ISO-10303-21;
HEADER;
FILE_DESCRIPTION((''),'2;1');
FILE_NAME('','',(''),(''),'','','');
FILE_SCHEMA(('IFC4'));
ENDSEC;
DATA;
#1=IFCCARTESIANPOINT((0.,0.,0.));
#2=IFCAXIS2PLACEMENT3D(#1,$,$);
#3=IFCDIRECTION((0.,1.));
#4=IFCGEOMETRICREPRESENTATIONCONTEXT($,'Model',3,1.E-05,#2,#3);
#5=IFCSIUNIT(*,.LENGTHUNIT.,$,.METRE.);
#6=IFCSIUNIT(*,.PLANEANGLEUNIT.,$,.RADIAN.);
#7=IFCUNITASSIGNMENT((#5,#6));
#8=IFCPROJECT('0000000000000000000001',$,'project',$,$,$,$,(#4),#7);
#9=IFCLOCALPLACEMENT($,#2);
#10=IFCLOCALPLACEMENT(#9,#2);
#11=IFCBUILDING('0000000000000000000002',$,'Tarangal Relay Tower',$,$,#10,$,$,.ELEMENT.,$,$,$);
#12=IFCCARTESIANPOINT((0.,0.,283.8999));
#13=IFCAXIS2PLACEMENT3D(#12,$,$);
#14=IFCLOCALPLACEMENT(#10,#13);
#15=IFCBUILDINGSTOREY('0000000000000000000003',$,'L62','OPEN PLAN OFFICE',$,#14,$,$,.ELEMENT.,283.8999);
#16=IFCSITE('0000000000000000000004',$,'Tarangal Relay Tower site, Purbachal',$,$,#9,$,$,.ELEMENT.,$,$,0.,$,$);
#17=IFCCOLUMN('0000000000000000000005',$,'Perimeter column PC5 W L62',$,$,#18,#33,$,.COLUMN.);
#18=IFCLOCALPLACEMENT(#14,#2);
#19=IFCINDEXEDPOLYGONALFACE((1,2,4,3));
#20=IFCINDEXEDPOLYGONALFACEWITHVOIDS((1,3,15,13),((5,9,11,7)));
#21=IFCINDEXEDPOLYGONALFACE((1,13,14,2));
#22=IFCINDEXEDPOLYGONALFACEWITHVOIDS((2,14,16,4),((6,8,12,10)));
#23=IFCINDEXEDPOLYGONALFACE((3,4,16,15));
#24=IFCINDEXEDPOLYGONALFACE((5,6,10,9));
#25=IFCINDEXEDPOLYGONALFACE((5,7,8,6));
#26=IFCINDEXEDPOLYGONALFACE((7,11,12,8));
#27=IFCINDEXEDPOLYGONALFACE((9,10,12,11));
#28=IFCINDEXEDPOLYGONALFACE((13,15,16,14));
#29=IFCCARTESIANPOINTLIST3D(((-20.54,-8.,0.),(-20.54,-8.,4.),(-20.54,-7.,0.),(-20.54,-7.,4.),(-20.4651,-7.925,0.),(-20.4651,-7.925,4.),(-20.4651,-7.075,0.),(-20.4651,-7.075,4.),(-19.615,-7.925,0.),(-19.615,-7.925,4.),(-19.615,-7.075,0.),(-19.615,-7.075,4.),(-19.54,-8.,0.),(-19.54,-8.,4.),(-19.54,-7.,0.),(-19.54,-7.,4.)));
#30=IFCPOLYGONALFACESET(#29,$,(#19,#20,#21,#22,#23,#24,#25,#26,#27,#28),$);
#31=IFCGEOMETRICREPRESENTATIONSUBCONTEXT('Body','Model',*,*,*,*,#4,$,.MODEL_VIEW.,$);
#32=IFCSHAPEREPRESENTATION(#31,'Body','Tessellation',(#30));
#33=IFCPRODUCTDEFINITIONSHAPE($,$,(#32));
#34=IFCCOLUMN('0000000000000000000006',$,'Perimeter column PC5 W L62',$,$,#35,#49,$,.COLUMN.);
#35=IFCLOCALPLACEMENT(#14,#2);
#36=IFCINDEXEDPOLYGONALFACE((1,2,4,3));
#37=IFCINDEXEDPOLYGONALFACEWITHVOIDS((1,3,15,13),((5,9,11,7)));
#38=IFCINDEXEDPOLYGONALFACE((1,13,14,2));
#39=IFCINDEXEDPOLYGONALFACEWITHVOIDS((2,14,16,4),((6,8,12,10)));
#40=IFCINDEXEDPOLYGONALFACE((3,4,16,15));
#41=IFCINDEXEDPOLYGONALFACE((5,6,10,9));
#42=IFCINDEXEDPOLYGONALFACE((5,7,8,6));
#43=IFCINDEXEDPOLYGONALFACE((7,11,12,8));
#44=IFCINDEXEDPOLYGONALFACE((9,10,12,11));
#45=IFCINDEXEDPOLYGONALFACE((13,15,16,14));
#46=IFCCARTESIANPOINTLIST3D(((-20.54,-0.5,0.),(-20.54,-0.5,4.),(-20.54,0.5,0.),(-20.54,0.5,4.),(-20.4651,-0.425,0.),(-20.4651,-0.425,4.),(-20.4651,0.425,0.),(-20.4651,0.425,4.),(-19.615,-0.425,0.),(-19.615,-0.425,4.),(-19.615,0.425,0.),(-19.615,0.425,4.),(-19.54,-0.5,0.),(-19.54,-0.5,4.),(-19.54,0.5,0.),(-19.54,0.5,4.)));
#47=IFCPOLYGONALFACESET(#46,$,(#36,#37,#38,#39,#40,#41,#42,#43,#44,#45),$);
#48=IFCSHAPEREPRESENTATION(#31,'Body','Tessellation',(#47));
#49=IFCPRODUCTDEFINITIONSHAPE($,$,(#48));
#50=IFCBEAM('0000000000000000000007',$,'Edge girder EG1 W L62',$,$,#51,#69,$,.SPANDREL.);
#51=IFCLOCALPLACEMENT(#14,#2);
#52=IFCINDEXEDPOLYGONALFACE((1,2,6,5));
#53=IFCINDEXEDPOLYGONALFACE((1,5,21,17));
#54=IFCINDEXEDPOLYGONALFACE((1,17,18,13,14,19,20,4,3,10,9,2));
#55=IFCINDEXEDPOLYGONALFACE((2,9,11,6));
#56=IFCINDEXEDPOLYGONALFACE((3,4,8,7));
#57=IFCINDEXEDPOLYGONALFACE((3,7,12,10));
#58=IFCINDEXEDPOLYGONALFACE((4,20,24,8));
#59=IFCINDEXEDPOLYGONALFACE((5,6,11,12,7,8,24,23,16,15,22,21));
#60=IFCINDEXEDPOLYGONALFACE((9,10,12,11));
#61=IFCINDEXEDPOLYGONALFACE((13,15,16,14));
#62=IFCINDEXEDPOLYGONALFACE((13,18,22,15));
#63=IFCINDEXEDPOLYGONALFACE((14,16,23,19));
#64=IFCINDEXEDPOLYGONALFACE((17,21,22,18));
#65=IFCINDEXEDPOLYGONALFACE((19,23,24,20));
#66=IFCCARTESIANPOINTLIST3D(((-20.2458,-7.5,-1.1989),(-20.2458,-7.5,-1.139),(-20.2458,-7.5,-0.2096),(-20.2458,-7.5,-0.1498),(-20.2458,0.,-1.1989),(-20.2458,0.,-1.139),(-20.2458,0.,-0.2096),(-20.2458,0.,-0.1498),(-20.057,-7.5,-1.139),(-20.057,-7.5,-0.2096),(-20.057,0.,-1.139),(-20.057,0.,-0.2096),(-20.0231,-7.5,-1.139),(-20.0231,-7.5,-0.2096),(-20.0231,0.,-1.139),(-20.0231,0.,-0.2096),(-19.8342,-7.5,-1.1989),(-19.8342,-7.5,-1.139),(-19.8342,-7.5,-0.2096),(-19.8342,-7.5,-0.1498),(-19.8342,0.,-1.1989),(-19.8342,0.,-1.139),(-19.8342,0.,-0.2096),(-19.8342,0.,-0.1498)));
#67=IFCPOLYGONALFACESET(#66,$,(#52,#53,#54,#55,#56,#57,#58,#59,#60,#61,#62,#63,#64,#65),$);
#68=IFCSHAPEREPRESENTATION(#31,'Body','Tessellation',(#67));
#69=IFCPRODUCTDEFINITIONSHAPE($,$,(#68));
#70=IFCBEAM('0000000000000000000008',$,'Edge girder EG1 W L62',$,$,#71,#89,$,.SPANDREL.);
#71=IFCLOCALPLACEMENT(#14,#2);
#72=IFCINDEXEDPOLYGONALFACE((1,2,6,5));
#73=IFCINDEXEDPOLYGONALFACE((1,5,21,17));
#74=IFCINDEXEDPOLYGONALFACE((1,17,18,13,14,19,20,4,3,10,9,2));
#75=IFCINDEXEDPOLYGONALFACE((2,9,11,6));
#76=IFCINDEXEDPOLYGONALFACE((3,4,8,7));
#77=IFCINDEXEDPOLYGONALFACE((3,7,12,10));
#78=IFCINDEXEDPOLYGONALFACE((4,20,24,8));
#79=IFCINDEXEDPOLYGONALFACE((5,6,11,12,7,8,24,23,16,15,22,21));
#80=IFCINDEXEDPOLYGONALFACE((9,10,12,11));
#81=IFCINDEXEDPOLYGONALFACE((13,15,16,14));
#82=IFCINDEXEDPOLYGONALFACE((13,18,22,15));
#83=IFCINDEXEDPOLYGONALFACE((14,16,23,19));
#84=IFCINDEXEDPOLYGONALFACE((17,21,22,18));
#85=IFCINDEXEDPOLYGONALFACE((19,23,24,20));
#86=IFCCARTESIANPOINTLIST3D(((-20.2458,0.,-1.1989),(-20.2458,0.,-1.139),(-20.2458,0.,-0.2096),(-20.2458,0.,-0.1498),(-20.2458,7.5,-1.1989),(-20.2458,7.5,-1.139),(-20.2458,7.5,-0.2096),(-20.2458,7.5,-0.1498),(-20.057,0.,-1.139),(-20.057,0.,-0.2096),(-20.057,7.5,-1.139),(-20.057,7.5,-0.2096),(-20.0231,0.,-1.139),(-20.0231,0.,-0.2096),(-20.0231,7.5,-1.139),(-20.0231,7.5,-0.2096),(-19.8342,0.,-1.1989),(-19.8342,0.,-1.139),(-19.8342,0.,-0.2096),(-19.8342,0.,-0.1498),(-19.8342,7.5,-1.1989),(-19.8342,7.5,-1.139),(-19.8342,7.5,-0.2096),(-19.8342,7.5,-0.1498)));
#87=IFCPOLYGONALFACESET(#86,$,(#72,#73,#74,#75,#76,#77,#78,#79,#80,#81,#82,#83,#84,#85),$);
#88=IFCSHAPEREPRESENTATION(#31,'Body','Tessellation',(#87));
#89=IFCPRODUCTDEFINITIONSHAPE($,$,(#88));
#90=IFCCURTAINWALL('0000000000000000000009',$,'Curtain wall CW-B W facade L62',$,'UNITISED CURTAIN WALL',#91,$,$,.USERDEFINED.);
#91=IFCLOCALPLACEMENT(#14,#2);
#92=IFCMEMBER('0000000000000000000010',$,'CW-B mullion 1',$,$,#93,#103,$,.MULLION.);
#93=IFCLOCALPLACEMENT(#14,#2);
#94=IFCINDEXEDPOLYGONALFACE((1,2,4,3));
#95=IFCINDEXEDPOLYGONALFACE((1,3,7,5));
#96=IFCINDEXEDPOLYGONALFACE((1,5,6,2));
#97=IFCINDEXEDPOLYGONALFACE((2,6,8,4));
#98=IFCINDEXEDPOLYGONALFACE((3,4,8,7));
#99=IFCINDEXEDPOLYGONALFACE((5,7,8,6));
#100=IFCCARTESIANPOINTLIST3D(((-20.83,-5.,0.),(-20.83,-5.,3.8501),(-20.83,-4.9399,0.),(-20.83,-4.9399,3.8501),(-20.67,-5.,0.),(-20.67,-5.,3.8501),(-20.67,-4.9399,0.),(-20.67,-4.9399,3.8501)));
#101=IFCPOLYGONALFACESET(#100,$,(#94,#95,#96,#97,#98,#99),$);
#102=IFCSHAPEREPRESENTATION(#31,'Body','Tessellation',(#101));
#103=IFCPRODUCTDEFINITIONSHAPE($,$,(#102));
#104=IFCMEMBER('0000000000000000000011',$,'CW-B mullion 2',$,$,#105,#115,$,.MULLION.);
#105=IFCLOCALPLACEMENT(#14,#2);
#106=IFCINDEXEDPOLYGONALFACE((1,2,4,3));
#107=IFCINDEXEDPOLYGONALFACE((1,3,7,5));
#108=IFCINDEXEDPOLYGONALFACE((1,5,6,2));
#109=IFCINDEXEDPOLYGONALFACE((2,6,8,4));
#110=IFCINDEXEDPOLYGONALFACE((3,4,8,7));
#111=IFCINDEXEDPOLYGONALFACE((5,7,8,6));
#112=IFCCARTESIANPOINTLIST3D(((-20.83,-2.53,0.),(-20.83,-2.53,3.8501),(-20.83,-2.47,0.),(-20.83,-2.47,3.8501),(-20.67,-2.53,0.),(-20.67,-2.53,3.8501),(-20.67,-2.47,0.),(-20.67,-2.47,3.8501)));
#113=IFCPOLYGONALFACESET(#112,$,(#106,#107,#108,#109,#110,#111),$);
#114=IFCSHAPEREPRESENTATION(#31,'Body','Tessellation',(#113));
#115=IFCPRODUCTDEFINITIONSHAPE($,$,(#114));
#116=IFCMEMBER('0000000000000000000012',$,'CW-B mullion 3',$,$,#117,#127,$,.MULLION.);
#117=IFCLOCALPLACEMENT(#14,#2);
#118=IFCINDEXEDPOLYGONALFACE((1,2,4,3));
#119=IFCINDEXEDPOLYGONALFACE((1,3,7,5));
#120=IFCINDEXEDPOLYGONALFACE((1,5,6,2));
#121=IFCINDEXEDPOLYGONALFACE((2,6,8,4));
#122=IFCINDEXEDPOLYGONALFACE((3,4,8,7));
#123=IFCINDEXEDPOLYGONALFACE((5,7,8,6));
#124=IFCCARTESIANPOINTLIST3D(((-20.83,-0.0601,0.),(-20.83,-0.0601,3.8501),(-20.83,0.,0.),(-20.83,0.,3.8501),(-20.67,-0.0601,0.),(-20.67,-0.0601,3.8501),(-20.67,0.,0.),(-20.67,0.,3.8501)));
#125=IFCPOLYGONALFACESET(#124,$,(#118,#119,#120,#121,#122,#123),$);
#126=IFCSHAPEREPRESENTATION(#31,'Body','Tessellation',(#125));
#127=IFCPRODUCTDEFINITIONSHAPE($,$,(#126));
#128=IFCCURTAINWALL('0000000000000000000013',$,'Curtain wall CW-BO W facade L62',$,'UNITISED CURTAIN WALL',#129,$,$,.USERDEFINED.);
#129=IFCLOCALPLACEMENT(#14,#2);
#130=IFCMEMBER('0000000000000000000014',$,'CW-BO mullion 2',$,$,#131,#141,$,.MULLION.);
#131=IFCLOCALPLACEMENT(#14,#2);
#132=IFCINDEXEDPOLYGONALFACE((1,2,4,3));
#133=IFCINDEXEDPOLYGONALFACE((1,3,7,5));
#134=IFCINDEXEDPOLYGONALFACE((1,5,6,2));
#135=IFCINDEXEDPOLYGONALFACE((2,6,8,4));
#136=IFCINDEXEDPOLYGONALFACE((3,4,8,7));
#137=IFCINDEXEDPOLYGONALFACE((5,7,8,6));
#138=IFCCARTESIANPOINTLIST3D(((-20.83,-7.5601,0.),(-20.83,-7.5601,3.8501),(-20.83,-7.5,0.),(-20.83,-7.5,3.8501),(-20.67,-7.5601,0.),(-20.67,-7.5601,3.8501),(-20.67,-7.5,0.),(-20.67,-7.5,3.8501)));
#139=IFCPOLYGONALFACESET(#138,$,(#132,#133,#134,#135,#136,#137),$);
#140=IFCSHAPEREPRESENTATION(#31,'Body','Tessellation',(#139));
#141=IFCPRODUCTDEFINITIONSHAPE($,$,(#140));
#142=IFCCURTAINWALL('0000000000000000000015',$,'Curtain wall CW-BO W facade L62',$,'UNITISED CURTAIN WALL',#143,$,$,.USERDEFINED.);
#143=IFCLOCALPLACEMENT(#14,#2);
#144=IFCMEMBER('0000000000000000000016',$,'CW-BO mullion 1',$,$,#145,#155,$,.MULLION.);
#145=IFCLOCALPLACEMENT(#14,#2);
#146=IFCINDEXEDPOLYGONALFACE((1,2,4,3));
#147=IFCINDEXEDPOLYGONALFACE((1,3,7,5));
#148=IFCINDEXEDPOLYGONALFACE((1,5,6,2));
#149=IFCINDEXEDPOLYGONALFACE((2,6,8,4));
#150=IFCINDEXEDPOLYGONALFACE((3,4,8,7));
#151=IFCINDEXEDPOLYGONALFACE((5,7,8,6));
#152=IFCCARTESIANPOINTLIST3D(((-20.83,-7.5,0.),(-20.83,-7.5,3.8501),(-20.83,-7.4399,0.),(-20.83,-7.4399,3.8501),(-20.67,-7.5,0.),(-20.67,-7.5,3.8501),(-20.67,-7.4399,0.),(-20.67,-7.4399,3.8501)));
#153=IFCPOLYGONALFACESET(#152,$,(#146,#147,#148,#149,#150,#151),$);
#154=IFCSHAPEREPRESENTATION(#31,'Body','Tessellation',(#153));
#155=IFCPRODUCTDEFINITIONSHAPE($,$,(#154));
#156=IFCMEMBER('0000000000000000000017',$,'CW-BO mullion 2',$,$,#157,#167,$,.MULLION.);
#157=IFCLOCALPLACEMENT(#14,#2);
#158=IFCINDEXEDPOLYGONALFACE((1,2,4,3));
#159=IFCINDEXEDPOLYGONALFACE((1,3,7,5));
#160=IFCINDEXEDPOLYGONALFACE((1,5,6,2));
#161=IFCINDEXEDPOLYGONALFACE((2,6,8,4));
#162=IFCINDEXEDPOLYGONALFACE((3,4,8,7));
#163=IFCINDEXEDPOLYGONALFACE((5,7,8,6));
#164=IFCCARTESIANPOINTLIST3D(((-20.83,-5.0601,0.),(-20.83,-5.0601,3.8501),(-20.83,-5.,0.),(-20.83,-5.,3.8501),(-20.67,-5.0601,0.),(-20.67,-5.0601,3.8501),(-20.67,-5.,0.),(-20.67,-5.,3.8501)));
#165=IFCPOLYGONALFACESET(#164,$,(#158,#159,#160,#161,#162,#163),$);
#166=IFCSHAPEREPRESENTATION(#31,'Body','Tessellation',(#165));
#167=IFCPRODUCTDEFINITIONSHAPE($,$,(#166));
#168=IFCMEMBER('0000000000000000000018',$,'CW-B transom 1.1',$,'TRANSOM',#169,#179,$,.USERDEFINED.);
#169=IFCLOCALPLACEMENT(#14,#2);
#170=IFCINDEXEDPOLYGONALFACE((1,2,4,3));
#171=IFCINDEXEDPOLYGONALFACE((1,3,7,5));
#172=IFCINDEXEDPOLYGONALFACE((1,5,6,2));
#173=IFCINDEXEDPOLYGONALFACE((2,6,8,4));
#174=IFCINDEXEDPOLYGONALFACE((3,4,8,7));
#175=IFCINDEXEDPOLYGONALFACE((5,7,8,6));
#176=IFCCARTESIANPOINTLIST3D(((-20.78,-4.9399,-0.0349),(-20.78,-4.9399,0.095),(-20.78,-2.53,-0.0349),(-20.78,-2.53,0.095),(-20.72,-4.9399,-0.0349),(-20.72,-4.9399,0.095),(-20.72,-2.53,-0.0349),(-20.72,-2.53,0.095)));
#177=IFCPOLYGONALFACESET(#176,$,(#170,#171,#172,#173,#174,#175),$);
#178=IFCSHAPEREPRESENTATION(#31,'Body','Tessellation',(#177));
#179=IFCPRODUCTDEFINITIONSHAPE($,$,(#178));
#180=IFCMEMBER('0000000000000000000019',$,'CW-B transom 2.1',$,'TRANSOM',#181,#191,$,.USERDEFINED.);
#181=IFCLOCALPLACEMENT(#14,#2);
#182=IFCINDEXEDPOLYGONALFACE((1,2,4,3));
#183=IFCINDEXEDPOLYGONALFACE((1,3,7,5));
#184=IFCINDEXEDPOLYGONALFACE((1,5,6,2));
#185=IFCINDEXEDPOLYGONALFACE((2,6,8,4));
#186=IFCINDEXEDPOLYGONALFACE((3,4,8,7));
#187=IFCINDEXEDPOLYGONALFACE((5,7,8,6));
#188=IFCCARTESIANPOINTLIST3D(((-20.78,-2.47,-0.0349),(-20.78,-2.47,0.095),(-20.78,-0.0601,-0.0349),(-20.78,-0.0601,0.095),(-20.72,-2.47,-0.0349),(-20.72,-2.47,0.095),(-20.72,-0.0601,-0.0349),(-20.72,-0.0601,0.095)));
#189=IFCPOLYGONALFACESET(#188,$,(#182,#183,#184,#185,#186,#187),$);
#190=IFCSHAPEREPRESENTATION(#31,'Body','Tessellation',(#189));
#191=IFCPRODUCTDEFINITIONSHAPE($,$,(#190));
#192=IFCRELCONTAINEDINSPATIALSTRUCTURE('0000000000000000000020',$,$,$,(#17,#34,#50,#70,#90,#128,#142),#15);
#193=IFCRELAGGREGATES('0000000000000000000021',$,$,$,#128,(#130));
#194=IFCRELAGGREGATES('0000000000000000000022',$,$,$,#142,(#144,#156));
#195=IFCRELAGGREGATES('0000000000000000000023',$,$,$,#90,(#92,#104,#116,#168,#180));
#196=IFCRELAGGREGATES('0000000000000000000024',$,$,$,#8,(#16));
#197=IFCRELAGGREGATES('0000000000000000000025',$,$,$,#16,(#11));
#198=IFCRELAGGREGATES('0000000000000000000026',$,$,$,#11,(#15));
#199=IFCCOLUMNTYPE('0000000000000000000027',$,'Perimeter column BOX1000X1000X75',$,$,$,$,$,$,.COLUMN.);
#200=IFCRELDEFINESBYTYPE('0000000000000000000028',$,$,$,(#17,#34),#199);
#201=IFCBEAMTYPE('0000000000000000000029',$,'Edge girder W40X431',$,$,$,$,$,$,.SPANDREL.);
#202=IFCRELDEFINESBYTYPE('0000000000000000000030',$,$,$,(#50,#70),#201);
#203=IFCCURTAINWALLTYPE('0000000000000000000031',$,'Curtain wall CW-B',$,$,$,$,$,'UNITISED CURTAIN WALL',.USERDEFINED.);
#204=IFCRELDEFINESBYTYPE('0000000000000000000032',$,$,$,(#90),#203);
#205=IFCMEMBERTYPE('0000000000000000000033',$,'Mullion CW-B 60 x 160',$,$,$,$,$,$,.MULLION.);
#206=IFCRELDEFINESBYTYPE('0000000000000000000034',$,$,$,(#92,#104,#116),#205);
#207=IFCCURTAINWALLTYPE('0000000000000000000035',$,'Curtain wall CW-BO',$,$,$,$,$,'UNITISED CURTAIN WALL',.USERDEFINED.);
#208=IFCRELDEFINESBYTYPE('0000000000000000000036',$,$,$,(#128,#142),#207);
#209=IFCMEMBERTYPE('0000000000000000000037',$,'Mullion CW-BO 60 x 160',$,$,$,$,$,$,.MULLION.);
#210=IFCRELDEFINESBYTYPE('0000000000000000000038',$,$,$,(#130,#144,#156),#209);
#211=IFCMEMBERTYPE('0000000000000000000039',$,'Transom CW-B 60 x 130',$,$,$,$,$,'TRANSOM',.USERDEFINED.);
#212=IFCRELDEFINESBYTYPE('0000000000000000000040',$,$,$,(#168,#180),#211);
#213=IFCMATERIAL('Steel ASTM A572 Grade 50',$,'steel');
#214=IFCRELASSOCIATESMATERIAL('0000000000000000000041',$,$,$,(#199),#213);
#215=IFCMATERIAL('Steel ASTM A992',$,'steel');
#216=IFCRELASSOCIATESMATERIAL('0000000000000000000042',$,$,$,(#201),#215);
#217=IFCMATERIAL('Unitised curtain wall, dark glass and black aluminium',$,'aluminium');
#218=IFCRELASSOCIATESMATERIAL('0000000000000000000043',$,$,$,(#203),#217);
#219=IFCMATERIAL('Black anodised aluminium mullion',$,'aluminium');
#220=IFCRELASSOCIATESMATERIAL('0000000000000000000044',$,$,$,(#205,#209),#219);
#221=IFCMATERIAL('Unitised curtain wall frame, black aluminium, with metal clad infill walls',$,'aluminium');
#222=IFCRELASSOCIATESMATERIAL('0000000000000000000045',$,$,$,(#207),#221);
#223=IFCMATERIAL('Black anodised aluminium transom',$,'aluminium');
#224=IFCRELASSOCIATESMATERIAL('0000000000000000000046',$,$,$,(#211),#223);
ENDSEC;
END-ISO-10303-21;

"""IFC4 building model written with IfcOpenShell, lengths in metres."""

from ifc_helpers import new_model, si_unit, direction, frame, origin, origin_2d, place, context, subcontext, project, spatial, rectangle, hollow_rectangle, i_section, extrude, material, material_profile, profile_set, type_object, element, aggregate, save


model = new_model("IFC4")

# Units and contexts
model_context = context("Model", 3, precision=1e-05, world=origin(), true_north=direction((0.0, 1.0)))
body_context = subcontext(model_context, "Body", "Model", "MODEL_VIEW")
ifc_project = project(units=[si_unit("LENGTHUNIT", "METRE"), si_unit("PLANEANGLEUNIT", "RADIAN")], contexts=[model_context])

# Site, building, storey
site_placement = place(None, origin())
site = spatial("IfcSite", under=ifc_project, at=site_placement, Name="Tarangal Relay Tower site, Purbachal", CompositionType="ELEMENT", RefElevation=0.0)
building_placement = place(site_placement, origin())
building = spatial("IfcBuilding", under=site, at=building_placement, Name="Tarangal Relay Tower", CompositionType="ELEMENT")
storey_placement = place(building_placement, frame((0.0, 0.0, 283.8999)))
storey = spatial("IfcBuildingStorey", under=building, at=storey_placement, Name="L62", Description="OPEN PLAN OFFICE", CompositionType="ELEMENT", Elevation=283.8999)

# Columns
ifc_material_1 = material(Name="Steel ASTM A572 Grade 50", Category="steel")
ifc_material_profile_1 = material_profile(ifc_material_1, hollow_rectangle(XDim=1.0, YDim=1.0, WallThickness=0.075, at=origin_2d()), Name="BOX1000X1000X75")
ifc_profile_set_1 = profile_set([ifc_material_profile_1], Name="Steel ASTM A572 Grade 50")
column_type = type_object("IfcColumnType", Name="Perimeter column BOX1000X1000X75", PredefinedType="COLUMN", material=ifc_profile_set_1)
for number, where, z_axis, x_axis, name in (
    (1, (-20.04, -7.5, 0.0), (0.0, 0.0, 1.0), (1.0, 0.0, 0.0), "Perimeter column PC5 W L62"),
    (2, (-20.04, 0.0, 0.0), (0.0, 0.0, 1.0), (1.0, 0.0, 0.0), "Perimeter column PC5 W L62"),
):
    element("IfcColumn", number, at=place(storey_placement, frame(where, z_axis=z_axis, x_axis=x_axis)), inside=storey, type_object=column_type, Name=name, PredefinedType="COLUMN", context=body_context, shape_type="SweptSolid", body=[
        extrude(hollow_rectangle(XDim=1.0, YDim=1.0, WallThickness=0.075, at=origin_2d()), origin(), (0.0, 0.0, 1.0), 4.0),
    ])

# Beams
ifc_material_2 = material(Name="Steel ASTM A992", Category="steel")
ifc_material_profile_2 = material_profile(ifc_material_2, i_section(OverallWidth=0.4116, OverallDepth=1.0491, WebThickness=0.0339, FlangeThickness=0.0598, at=origin_2d()), Name="W40X431")
ifc_profile_set_2 = profile_set([ifc_material_profile_2], Name="Steel ASTM A992")
beam_type = type_object("IfcBeamType", Name="Edge girder W40X431", PredefinedType="SPANDREL", material=ifc_profile_set_2)
for number, where, z_axis, x_axis, name in (
    (3, (-20.04, -7.5, -0.6743), (0.0, 1.0, 0.0), (-1.0, 0.0, 0.0), "Edge girder EG1 W L62"),
    (4, (-20.04, 0.0, -0.6743), (0.0, 1.0, 0.0), (-1.0, 0.0, 0.0), "Edge girder EG1 W L62"),
):
    element("IfcBeam", number, at=place(storey_placement, frame(where, z_axis=z_axis, x_axis=x_axis)), inside=storey, type_object=beam_type, Name=name, PredefinedType="SPANDREL", context=body_context, shape_type="SweptSolid", body=[
        extrude(i_section(OverallWidth=0.4116, OverallDepth=1.0491, WebThickness=0.0339, FlangeThickness=0.0598, at=origin_2d()), origin(), (0.0, 0.0, 1.0), 7.5),
    ])

# Curtain wall, members
ifc_material_3 = material(Name="Unitised curtain wall, dark glass and black aluminium", Category="aluminium")
curtain_wall_type_1 = type_object("IfcCurtainWallType", Name="Curtain wall CW-B", ElementType="UNITISED CURTAIN WALL", PredefinedType="USERDEFINED", material=ifc_material_3)
curtain_wall_1_placement = place(storey_placement, origin())
curtain_wall_1 = element("IfcCurtainWall", 5, at=curtain_wall_1_placement, inside=storey, type_object=curtain_wall_type_1, Name="Curtain wall CW-B W facade L62", ObjectType="UNITISED CURTAIN WALL", PredefinedType="USERDEFINED")
ifc_material_4 = material(Name="Black anodised aluminium mullion", Category="aluminium")
ifc_material_profile_3 = material_profile(ifc_material_4, rectangle(XDim=0.1599, YDim=0.0601, at=origin_2d()), Name="CW-BM 60X160")
ifc_profile_set_3 = profile_set([ifc_material_profile_3], Name="Black anodised aluminium mullion")
member_type_1 = type_object("IfcMemberType", Name="Mullion CW-B 60 x 160", PredefinedType="MULLION", material=ifc_profile_set_3)
member_1_placement = place(storey_placement, frame((-20.75, -4.97, 0.0), z_axis=(0.0, 0.0, 1.0), x_axis=(-1.0, 0.0, 0.0)))
member_1 = element("IfcMember", 6, at=member_1_placement, type_object=member_type_1, Name="CW-B mullion 1", PredefinedType="MULLION", context=body_context, shape_type="SweptSolid", body=[
    extrude(rectangle(XDim=0.1599, YDim=0.0601, at=origin_2d()), origin(), (0.0, 0.0, 1.0), 3.8501),
])
member_2_placement = place(storey_placement, frame((-20.75, -2.5, 0.0), z_axis=(0.0, 0.0, 1.0), x_axis=(-1.0, 0.0, 0.0)))
member_2 = element("IfcMember", 7, at=member_2_placement, type_object=member_type_1, Name="CW-B mullion 2", PredefinedType="MULLION", context=body_context, shape_type="SweptSolid", body=[
    extrude(rectangle(XDim=0.1599, YDim=0.0601, at=origin_2d()), origin(), (0.0, 0.0, 1.0), 3.8501),
])
member_3_placement = place(storey_placement, frame((-20.75, -0.03, 0.0), z_axis=(0.0, 0.0, 1.0), x_axis=(-1.0, 0.0, 0.0)))
member_3 = element("IfcMember", 8, at=member_3_placement, type_object=member_type_1, Name="CW-B mullion 3", PredefinedType="MULLION", context=body_context, shape_type="SweptSolid", body=[
    extrude(rectangle(XDim=0.1599, YDim=0.0601, at=origin_2d()), origin(), (0.0, 0.0, 1.0), 3.8501),
])

# Curtain wall, member
ifc_material_5 = material(Name="Unitised curtain wall frame, black aluminium, with metal clad infill walls", Category="aluminium")
curtain_wall_type_2 = type_object("IfcCurtainWallType", Name="Curtain wall CW-BO", ElementType="UNITISED CURTAIN WALL", PredefinedType="USERDEFINED", material=ifc_material_5)
curtain_wall_2_placement = place(storey_placement, origin())
curtain_wall_2 = element("IfcCurtainWall", 9, at=curtain_wall_2_placement, inside=storey, type_object=curtain_wall_type_2, Name="Curtain wall CW-BO W facade L62", ObjectType="UNITISED CURTAIN WALL", PredefinedType="USERDEFINED")
ifc_material_profile_4 = material_profile(ifc_material_4, rectangle(XDim=0.1599, YDim=0.0601, at=origin_2d()), Name="CW-BOM 60X160")
ifc_profile_set_4 = profile_set([ifc_material_profile_4], Name="Black anodised aluminium mullion")
member_type_2 = type_object("IfcMemberType", Name="Mullion CW-BO 60 x 160", PredefinedType="MULLION", material=ifc_profile_set_4)
member_4_placement = place(storey_placement, frame((-20.75, -7.53, 0.0), z_axis=(0.0, 0.0, 1.0), x_axis=(-1.0, 0.0, 0.0)))
member_4 = element("IfcMember", 10, at=member_4_placement, type_object=member_type_2, Name="CW-BO mullion 2", PredefinedType="MULLION", context=body_context, shape_type="SweptSolid", body=[
    extrude(rectangle(XDim=0.1599, YDim=0.0601, at=origin_2d()), origin(), (0.0, 0.0, 1.0), 3.8501),
])

# Curtain wall, members
curtain_wall_3_placement = place(storey_placement, origin())
curtain_wall_3 = element("IfcCurtainWall", 11, at=curtain_wall_3_placement, inside=storey, type_object=curtain_wall_type_2, Name="Curtain wall CW-BO W facade L62", ObjectType="UNITISED CURTAIN WALL", PredefinedType="USERDEFINED")
member_5_placement = place(storey_placement, frame((-20.75, -7.47, 0.0), z_axis=(0.0, 0.0, 1.0), x_axis=(-1.0, 0.0, 0.0)))
member_5 = element("IfcMember", 12, at=member_5_placement, type_object=member_type_2, Name="CW-BO mullion 1", PredefinedType="MULLION", context=body_context, shape_type="SweptSolid", body=[
    extrude(rectangle(XDim=0.1599, YDim=0.0601, at=origin_2d()), origin(), (0.0, 0.0, 1.0), 3.8501),
])
member_6_placement = place(storey_placement, frame((-20.75, -5.03, 0.0), z_axis=(0.0, 0.0, 1.0), x_axis=(-1.0, 0.0, 0.0)))
member_6 = element("IfcMember", 13, at=member_6_placement, type_object=member_type_2, Name="CW-BO mullion 2", PredefinedType="MULLION", context=body_context, shape_type="SweptSolid", body=[
    extrude(rectangle(XDim=0.1599, YDim=0.0601, at=origin_2d()), origin(), (0.0, 0.0, 1.0), 3.8501),
])

# Members
ifc_material_6 = material(Name="Black anodised aluminium transom", Category="aluminium")
ifc_material_profile_5 = material_profile(ifc_material_6, rectangle(XDim=0.0601, YDim=0.1299, at=origin_2d()), Name="CW-BT 60X130")
ifc_profile_set_5 = profile_set([ifc_material_profile_5], Name="Black anodised aluminium transom")
member_type_3 = type_object("IfcMemberType", Name="Transom CW-B 60 x 130", ElementType="TRANSOM", PredefinedType="USERDEFINED", material=ifc_profile_set_5)
member_7_placement = place(storey_placement, frame((-20.75, -4.9399, 0.03), z_axis=(0.0, 1.0, 0.0), x_axis=(-1.0, 0.0, 0.0)))
member_7 = element("IfcMember", 14, at=member_7_placement, type_object=member_type_3, Name="CW-B transom 1.1", ObjectType="TRANSOM", PredefinedType="USERDEFINED", context=body_context, shape_type="SweptSolid", body=[
    extrude(rectangle(XDim=0.0601, YDim=0.1299, at=origin_2d()), origin(), (0.0, 0.0, 1.0), 2.4099),
])
member_8_placement = place(storey_placement, frame((-20.75, -2.47, 0.03), z_axis=(0.0, 1.0, 0.0), x_axis=(-1.0, 0.0, 0.0)))
member_8 = element("IfcMember", 15, at=member_8_placement, type_object=member_type_3, Name="CW-B transom 2.1", ObjectType="TRANSOM", PredefinedType="USERDEFINED", context=body_context, shape_type="SweptSolid", body=[
    extrude(rectangle(XDim=0.0601, YDim=0.1299, at=origin_2d()), origin(), (0.0, 0.0, 1.0), 2.4099),
])
aggregate(curtain_wall_2, [member_4])
aggregate(curtain_wall_3, [member_5, member_6])

aggregate(curtain_wall_1, [member_1, member_2, member_3, member_7, member_8])

save(model, "model.ifc")
